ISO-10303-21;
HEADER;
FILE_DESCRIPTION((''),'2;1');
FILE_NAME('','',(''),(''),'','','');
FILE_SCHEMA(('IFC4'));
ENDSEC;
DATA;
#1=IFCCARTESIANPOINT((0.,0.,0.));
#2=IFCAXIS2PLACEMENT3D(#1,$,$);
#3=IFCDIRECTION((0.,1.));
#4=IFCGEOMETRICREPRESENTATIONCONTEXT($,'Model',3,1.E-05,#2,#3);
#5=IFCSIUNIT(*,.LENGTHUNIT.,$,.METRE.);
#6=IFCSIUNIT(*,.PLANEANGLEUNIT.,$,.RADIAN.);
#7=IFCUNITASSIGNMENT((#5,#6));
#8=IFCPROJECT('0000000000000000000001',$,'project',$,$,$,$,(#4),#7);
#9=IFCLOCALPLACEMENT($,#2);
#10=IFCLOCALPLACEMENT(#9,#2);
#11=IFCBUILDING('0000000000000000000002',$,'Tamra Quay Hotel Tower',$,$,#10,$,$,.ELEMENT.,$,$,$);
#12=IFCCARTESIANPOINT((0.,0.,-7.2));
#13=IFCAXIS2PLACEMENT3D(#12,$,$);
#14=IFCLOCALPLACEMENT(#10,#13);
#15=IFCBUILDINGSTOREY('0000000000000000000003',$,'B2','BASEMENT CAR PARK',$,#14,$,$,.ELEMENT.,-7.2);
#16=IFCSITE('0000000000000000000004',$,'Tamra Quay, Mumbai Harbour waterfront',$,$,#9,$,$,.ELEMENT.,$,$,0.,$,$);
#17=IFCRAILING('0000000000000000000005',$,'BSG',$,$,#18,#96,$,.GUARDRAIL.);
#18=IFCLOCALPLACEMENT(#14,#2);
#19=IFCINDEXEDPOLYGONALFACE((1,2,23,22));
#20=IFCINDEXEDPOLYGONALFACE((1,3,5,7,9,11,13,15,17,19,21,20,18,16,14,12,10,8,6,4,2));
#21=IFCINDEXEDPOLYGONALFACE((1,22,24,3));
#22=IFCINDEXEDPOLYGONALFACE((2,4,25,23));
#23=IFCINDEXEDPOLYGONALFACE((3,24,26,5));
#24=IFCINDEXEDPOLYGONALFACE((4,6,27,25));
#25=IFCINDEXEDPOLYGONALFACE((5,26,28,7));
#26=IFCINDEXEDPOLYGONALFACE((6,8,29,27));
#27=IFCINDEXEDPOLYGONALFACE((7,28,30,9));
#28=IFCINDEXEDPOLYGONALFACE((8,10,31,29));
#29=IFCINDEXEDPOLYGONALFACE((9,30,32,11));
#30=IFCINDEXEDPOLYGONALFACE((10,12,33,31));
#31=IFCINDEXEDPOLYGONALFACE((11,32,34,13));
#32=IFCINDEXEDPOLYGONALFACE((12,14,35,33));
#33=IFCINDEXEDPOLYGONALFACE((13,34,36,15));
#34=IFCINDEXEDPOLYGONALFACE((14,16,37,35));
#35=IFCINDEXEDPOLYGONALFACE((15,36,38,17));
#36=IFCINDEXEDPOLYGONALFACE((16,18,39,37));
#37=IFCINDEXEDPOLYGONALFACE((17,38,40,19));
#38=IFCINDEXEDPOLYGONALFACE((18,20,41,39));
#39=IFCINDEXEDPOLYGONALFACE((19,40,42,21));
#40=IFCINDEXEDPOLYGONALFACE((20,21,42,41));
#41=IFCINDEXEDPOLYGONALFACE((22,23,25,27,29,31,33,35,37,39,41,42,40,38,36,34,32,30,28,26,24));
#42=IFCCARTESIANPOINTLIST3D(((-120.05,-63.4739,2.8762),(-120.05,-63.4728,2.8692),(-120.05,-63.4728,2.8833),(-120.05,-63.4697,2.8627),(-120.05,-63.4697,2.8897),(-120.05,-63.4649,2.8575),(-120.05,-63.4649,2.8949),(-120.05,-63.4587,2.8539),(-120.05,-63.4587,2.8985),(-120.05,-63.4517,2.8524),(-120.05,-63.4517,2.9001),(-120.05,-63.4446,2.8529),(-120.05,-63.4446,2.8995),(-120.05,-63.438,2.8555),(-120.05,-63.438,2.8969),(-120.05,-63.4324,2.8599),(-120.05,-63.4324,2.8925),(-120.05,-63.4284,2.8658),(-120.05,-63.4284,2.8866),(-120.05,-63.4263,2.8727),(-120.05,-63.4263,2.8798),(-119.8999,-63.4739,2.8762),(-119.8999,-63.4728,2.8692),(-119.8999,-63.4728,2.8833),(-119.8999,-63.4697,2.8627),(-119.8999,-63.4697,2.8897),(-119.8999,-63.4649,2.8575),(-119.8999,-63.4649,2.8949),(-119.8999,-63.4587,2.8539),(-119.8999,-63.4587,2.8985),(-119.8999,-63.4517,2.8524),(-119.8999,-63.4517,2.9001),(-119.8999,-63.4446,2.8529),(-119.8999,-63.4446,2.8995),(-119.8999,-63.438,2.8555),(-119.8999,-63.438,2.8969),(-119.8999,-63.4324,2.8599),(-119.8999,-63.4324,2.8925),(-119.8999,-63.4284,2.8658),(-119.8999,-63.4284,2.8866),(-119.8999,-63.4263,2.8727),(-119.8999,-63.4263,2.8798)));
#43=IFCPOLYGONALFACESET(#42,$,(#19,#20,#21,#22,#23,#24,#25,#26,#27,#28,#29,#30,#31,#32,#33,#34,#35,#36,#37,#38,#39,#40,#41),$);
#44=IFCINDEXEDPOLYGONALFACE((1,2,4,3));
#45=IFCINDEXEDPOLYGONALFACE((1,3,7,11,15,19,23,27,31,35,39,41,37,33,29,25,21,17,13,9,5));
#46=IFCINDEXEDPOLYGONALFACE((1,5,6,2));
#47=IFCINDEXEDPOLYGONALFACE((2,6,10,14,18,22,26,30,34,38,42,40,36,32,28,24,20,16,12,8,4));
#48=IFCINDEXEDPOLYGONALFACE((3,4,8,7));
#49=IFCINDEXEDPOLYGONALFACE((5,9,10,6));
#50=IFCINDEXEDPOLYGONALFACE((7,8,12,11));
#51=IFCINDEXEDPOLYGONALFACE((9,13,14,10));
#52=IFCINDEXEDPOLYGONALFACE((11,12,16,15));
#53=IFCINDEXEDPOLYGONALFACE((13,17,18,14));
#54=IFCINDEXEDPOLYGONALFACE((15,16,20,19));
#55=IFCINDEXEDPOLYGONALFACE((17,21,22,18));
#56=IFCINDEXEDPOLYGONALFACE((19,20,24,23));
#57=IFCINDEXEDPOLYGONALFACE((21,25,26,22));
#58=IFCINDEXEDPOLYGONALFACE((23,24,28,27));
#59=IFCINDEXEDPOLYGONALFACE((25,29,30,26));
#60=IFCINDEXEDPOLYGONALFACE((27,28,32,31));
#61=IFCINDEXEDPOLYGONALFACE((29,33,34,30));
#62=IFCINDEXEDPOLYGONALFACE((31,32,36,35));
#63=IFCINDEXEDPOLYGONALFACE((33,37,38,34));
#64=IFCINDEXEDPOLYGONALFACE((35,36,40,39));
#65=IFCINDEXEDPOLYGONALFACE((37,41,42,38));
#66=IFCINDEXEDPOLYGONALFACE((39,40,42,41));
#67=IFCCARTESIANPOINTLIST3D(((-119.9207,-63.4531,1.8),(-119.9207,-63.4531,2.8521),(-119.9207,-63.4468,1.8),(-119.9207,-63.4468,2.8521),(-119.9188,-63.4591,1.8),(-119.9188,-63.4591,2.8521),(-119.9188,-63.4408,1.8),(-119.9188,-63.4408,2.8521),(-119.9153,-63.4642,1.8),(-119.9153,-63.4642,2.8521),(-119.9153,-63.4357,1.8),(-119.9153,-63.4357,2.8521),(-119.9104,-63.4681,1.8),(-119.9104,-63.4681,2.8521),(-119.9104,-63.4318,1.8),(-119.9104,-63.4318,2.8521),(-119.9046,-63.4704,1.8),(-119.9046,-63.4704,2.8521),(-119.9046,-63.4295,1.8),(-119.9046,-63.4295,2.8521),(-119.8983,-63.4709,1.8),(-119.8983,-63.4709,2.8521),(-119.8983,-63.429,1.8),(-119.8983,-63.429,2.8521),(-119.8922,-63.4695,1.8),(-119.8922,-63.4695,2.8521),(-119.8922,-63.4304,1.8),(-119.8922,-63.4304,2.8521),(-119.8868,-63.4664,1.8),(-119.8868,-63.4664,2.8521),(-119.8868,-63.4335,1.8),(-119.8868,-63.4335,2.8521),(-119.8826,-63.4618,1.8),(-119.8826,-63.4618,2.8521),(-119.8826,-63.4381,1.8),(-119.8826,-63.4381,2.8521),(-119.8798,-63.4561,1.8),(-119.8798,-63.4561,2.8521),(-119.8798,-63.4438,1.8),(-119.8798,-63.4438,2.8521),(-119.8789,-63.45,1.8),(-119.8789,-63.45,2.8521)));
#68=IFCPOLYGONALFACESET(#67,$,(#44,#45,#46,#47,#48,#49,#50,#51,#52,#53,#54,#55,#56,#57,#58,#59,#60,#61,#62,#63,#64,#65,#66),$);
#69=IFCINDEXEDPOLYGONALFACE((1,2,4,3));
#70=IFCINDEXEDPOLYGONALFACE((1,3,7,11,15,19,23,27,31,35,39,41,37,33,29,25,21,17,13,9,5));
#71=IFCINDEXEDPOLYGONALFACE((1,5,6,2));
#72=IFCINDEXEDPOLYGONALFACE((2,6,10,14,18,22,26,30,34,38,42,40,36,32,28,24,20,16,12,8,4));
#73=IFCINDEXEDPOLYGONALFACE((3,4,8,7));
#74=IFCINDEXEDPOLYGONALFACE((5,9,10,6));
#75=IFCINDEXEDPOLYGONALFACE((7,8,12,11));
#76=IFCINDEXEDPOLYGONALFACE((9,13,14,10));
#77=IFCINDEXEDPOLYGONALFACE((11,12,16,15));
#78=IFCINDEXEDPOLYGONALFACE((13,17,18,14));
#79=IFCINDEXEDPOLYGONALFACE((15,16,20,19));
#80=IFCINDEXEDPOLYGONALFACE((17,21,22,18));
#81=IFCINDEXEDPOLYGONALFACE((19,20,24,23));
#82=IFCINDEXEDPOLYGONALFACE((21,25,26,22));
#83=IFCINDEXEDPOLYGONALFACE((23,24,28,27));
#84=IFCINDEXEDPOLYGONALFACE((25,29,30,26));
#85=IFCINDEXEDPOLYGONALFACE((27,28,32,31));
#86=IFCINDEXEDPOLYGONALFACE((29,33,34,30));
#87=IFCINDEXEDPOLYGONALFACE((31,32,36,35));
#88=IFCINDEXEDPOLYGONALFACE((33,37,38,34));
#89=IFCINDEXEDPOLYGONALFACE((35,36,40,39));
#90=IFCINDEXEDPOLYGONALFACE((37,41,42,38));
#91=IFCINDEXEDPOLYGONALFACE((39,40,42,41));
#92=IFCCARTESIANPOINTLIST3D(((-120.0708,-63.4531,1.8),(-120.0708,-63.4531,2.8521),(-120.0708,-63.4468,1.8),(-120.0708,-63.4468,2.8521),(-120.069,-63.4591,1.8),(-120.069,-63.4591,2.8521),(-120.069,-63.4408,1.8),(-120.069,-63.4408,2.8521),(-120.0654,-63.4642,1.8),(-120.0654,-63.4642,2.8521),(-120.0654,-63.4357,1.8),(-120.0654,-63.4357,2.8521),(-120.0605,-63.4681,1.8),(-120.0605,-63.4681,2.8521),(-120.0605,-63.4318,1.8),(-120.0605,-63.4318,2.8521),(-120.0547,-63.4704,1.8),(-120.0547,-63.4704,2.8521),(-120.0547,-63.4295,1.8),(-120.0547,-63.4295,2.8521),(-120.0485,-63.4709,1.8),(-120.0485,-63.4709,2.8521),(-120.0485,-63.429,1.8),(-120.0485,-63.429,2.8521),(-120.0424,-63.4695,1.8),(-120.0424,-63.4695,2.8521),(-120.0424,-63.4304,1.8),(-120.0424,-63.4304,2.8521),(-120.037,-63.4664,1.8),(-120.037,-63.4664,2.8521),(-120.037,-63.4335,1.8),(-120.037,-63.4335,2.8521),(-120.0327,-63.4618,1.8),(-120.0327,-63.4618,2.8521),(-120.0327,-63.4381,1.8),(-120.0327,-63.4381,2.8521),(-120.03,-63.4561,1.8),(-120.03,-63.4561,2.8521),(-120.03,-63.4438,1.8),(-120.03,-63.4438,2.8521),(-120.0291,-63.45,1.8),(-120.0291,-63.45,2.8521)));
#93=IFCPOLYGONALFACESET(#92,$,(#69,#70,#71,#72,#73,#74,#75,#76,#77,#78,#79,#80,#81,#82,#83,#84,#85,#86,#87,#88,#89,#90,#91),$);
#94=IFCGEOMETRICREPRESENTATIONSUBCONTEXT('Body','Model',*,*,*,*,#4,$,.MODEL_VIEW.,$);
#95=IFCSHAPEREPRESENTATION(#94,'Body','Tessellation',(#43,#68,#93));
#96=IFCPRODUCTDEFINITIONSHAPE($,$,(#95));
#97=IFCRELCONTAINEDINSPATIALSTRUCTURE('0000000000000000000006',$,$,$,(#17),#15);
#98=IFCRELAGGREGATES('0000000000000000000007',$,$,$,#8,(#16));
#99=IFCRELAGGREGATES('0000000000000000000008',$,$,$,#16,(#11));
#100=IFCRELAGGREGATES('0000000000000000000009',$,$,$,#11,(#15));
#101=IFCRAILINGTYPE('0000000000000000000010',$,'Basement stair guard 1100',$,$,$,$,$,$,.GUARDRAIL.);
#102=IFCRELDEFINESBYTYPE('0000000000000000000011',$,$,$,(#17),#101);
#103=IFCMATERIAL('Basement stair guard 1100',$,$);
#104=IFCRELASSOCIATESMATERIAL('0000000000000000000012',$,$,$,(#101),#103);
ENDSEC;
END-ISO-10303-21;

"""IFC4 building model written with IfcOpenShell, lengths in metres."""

from ifc_helpers import new_model, si_unit, direction, frame, origin, origin_2d, place, context, subcontext, project, spatial, circle, extrude, material, type_object, element, save


model = new_model("IFC4")

# Units and contexts
model_context = context("Model", 3, precision=1e-05, world=origin(), true_north=direction((0.0, 1.0)))
body_context = subcontext(model_context, "Body", "Model", "MODEL_VIEW")
ifc_project = project(units=[si_unit("LENGTHUNIT", "METRE"), si_unit("PLANEANGLEUNIT", "RADIAN")], contexts=[model_context])

# Site, building, storey
site_placement = place(None, origin())
site = spatial("IfcSite", under=ifc_project, at=site_placement, Name="Tamra Quay, Mumbai Harbour waterfront", CompositionType="ELEMENT", RefElevation=0.0)
building_placement = place(site_placement, origin())
building = spatial("IfcBuilding", under=site, at=building_placement, Name="Tamra Quay Hotel Tower", CompositionType="ELEMENT")
storey_placement = place(building_placement, frame((0.0, 0.0, -7.2)))
storey = spatial("IfcBuildingStorey", under=building, at=storey_placement, Name="B2", Description="BASEMENT CAR PARK", CompositionType="ELEMENT", Elevation=-7.2)

# Railing
ifc_material_1 = material(Name="Basement stair guard 1100")
railing_type_1 = type_object("IfcRailingType", Name="Basement stair guard 1100", PredefinedType="GUARDRAIL", material=ifc_material_1)
railing_1_placement = place(storey_placement, frame((-119.8999, -63.45, 1.8)))
element("IfcRailing", 1, at=railing_1_placement, inside=storey, type_object=railing_type_1, Name="BSG", PredefinedType="GUARDRAIL", context=body_context, shape_type="SweptSolid", body=[
    extrude(circle(Radius=0.0239, at=origin_2d()), frame((0.0, 0.0, 1.0762), z_axis=(-1.0, 0.0, 0.0), x_axis=(0.0, -1.0, 0.0)), (0.0, 0.0, 1.0), 0.1501),
    extrude(circle(Radius=0.021, at=origin_2d()), origin(), (0.0, 0.0, 1.0), 1.052),
    extrude(circle(Radius=0.021, at=origin_2d()), frame((-0.1501, 0.0, 0.0)), (0.0, 0.0, 1.0), 1.052),
])

save(model, "model.ifc")
